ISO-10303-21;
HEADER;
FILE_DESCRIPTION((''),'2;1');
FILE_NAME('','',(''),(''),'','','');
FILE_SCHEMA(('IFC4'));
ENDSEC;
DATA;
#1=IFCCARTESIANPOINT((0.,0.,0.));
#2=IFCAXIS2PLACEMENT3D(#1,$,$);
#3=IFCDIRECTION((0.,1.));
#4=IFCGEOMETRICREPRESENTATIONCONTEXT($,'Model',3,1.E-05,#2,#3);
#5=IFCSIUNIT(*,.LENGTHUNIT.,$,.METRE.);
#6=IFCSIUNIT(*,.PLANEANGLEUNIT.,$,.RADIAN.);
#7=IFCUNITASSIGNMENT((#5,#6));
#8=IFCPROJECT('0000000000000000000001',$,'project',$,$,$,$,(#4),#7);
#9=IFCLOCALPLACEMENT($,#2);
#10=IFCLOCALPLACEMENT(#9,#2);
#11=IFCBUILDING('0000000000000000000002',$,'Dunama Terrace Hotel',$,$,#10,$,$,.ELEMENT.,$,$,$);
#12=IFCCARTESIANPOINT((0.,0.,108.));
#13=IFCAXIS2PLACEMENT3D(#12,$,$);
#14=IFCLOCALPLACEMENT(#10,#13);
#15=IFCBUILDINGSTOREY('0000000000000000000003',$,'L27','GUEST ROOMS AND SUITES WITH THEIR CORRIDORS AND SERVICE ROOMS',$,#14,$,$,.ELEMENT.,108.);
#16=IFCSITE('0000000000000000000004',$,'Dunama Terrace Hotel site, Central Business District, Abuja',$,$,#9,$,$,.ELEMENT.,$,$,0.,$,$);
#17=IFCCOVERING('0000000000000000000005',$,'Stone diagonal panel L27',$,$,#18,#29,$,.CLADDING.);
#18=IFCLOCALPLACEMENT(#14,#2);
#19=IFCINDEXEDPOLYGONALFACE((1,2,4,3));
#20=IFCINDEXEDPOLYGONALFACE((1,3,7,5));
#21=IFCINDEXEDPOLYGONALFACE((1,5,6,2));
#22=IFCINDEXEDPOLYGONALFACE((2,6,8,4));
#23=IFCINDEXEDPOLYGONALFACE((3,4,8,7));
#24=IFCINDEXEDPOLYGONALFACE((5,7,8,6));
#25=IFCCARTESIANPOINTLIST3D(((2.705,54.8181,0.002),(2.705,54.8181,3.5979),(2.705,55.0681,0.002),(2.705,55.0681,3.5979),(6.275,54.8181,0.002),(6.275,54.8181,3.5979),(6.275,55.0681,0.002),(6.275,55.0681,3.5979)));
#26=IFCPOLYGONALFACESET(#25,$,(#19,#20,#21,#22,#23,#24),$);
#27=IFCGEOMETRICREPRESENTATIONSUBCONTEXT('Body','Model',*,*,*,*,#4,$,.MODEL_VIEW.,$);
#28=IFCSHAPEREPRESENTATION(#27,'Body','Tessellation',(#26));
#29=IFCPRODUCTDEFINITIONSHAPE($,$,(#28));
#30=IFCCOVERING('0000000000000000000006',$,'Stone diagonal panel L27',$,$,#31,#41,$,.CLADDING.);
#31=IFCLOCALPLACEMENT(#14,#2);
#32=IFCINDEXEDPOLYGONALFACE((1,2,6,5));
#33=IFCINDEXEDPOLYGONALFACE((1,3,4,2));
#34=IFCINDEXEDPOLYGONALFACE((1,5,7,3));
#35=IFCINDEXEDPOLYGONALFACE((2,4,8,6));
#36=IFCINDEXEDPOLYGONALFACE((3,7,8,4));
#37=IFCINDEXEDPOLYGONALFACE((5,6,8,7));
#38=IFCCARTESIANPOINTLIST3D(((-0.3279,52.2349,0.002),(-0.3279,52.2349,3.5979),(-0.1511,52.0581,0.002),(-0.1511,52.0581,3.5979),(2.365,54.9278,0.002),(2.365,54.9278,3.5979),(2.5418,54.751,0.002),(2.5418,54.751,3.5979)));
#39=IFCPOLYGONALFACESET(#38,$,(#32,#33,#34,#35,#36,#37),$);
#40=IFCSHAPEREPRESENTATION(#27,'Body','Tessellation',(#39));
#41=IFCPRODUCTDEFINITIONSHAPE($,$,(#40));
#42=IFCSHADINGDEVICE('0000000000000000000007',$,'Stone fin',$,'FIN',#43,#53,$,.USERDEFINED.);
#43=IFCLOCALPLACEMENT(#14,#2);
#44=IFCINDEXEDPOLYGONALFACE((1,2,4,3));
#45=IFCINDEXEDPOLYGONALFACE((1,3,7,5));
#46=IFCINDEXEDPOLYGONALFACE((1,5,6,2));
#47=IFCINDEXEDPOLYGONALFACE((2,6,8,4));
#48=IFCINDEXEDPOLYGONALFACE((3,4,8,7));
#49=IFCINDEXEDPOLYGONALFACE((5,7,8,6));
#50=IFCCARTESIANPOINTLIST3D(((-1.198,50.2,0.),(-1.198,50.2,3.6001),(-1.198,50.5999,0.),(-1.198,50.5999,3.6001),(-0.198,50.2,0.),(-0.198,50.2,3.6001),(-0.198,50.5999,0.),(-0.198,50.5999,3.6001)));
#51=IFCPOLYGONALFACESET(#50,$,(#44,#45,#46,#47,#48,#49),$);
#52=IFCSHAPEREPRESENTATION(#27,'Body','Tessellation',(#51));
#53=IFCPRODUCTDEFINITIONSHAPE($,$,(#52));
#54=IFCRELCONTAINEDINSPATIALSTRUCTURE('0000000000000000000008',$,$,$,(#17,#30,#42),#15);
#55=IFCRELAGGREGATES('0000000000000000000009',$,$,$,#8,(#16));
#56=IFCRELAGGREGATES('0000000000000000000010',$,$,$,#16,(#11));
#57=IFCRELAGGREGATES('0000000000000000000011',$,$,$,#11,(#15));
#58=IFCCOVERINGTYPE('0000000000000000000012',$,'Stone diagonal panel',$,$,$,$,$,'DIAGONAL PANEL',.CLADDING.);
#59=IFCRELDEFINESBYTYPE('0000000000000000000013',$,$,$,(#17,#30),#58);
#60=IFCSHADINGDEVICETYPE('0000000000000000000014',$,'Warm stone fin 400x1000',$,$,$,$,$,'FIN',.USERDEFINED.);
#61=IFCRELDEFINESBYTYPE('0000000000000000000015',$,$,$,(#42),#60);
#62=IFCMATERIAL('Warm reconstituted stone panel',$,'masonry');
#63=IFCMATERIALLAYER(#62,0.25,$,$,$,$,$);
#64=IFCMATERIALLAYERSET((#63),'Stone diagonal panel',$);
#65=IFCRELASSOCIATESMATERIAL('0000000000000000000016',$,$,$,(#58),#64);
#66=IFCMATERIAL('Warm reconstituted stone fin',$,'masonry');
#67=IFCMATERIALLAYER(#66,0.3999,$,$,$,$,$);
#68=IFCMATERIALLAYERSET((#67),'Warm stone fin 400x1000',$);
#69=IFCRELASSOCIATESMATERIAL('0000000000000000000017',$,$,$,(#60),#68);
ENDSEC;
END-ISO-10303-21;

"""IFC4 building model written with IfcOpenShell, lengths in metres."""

from ifc_helpers import new_model, si_unit, direction, frame, origin, origin_2d, place, context, subcontext, project, spatial, rectangle, extrude, material, layer, layer_set, type_object, element, save


model = new_model("IFC4")

# Units and contexts
model_context = context("Model", 3, precision=1e-05, world=origin(), true_north=direction((0.0, 1.0)))
body_context = subcontext(model_context, "Body", "Model", "MODEL_VIEW")
ifc_project = project(units=[si_unit("LENGTHUNIT", "METRE"), si_unit("PLANEANGLEUNIT", "RADIAN")], contexts=[model_context])

# Site, building, storey
site_placement = place(None, origin())
site = spatial("IfcSite", under=ifc_project, at=site_placement, Name="Dunama Terrace Hotel site, Central Business District, Abuja", CompositionType="ELEMENT", RefElevation=0.0)
building_placement = place(site_placement, origin())
building = spatial("IfcBuilding", under=site, at=building_placement, Name="Dunama Terrace Hotel", CompositionType="ELEMENT")
storey_placement = place(building_placement, frame((0.0, 0.0, 108.0)))
storey = spatial("IfcBuildingStorey", under=building, at=storey_placement, Name="L27", Description="GUEST ROOMS AND SUITES WITH THEIR CORRIDORS AND SERVICE ROOMS", CompositionType="ELEMENT", Elevation=108.0)

# Coverings
ifc_material_1 = material(Name="Warm reconstituted stone panel", Category="masonry")
ifc_layer_1 = layer(ifc_material_1, 0.25)
ifc_layer_set_1 = layer_set([ifc_layer_1], Name="Stone diagonal panel")
covering_type = type_object("IfcCoveringType", Name="Stone diagonal panel", ElementType="DIAGONAL PANEL", PredefinedType="CLADDING", material=ifc_layer_set_1)
covering_1_placement = place(storey_placement, frame((4.49, 54.9431, 0.002), z_axis=(0.0, 0.0, 1.0), x_axis=(-1.0, 0.0, 0.0)))
element("IfcCovering", 1, at=covering_1_placement, inside=storey, type_object=covering_type, Name="Stone diagonal panel L27", PredefinedType="CLADDING", context=body_context, shape_type="SweptSolid", body=[
    extrude(rectangle(XDim=3.5701, YDim=0.25, at=origin_2d()), origin(), (0.0, 0.0, 1.0), 3.5959),
])
covering_2_placement = place(storey_placement, frame((1.1069, 53.4929, 0.002), z_axis=(0.0, 0.0, 1.0), x_axis=(-0.707107, -0.707107, 0.0)))
element("IfcCovering", 2, at=covering_2_placement, inside=storey, type_object=covering_type, Name="Stone diagonal panel L27", PredefinedType="CLADDING", context=body_context, shape_type="SweptSolid", body=[
    extrude(rectangle(XDim=3.8083, YDim=0.25, at=origin_2d()), origin(), (0.0, 0.0, 1.0), 3.5959),
])

# Shading device
ifc_material_2 = material(Name="Warm reconstituted stone fin", Category="masonry")
ifc_layer_2 = layer(ifc_material_2, 0.3999)
ifc_layer_set_2 = layer_set([ifc_layer_2], Name="Warm stone fin 400x1000")
shading_device_type = type_object("IfcShadingDeviceType", Name="Warm stone fin 400x1000", ElementType="FIN", PredefinedType="USERDEFINED", material=ifc_layer_set_2)
shading_device_placement = place(storey_placement, frame((-0.698, 50.3999, 0.0), z_axis=(0.0, 0.0, 1.0), x_axis=(0.0, -1.0, 0.0)))
element("IfcShadingDevice", 3, at=shading_device_placement, inside=storey, type_object=shading_device_type, Name="Stone fin", ObjectType="FIN", PredefinedType="USERDEFINED", context=body_context, shape_type="SweptSolid", body=[
    extrude(rectangle(XDim=0.3999, YDim=1.0, at=origin_2d()), origin(), (0.0, 0.0, 1.0), 3.6001),
])

save(model, "model.ifc")
